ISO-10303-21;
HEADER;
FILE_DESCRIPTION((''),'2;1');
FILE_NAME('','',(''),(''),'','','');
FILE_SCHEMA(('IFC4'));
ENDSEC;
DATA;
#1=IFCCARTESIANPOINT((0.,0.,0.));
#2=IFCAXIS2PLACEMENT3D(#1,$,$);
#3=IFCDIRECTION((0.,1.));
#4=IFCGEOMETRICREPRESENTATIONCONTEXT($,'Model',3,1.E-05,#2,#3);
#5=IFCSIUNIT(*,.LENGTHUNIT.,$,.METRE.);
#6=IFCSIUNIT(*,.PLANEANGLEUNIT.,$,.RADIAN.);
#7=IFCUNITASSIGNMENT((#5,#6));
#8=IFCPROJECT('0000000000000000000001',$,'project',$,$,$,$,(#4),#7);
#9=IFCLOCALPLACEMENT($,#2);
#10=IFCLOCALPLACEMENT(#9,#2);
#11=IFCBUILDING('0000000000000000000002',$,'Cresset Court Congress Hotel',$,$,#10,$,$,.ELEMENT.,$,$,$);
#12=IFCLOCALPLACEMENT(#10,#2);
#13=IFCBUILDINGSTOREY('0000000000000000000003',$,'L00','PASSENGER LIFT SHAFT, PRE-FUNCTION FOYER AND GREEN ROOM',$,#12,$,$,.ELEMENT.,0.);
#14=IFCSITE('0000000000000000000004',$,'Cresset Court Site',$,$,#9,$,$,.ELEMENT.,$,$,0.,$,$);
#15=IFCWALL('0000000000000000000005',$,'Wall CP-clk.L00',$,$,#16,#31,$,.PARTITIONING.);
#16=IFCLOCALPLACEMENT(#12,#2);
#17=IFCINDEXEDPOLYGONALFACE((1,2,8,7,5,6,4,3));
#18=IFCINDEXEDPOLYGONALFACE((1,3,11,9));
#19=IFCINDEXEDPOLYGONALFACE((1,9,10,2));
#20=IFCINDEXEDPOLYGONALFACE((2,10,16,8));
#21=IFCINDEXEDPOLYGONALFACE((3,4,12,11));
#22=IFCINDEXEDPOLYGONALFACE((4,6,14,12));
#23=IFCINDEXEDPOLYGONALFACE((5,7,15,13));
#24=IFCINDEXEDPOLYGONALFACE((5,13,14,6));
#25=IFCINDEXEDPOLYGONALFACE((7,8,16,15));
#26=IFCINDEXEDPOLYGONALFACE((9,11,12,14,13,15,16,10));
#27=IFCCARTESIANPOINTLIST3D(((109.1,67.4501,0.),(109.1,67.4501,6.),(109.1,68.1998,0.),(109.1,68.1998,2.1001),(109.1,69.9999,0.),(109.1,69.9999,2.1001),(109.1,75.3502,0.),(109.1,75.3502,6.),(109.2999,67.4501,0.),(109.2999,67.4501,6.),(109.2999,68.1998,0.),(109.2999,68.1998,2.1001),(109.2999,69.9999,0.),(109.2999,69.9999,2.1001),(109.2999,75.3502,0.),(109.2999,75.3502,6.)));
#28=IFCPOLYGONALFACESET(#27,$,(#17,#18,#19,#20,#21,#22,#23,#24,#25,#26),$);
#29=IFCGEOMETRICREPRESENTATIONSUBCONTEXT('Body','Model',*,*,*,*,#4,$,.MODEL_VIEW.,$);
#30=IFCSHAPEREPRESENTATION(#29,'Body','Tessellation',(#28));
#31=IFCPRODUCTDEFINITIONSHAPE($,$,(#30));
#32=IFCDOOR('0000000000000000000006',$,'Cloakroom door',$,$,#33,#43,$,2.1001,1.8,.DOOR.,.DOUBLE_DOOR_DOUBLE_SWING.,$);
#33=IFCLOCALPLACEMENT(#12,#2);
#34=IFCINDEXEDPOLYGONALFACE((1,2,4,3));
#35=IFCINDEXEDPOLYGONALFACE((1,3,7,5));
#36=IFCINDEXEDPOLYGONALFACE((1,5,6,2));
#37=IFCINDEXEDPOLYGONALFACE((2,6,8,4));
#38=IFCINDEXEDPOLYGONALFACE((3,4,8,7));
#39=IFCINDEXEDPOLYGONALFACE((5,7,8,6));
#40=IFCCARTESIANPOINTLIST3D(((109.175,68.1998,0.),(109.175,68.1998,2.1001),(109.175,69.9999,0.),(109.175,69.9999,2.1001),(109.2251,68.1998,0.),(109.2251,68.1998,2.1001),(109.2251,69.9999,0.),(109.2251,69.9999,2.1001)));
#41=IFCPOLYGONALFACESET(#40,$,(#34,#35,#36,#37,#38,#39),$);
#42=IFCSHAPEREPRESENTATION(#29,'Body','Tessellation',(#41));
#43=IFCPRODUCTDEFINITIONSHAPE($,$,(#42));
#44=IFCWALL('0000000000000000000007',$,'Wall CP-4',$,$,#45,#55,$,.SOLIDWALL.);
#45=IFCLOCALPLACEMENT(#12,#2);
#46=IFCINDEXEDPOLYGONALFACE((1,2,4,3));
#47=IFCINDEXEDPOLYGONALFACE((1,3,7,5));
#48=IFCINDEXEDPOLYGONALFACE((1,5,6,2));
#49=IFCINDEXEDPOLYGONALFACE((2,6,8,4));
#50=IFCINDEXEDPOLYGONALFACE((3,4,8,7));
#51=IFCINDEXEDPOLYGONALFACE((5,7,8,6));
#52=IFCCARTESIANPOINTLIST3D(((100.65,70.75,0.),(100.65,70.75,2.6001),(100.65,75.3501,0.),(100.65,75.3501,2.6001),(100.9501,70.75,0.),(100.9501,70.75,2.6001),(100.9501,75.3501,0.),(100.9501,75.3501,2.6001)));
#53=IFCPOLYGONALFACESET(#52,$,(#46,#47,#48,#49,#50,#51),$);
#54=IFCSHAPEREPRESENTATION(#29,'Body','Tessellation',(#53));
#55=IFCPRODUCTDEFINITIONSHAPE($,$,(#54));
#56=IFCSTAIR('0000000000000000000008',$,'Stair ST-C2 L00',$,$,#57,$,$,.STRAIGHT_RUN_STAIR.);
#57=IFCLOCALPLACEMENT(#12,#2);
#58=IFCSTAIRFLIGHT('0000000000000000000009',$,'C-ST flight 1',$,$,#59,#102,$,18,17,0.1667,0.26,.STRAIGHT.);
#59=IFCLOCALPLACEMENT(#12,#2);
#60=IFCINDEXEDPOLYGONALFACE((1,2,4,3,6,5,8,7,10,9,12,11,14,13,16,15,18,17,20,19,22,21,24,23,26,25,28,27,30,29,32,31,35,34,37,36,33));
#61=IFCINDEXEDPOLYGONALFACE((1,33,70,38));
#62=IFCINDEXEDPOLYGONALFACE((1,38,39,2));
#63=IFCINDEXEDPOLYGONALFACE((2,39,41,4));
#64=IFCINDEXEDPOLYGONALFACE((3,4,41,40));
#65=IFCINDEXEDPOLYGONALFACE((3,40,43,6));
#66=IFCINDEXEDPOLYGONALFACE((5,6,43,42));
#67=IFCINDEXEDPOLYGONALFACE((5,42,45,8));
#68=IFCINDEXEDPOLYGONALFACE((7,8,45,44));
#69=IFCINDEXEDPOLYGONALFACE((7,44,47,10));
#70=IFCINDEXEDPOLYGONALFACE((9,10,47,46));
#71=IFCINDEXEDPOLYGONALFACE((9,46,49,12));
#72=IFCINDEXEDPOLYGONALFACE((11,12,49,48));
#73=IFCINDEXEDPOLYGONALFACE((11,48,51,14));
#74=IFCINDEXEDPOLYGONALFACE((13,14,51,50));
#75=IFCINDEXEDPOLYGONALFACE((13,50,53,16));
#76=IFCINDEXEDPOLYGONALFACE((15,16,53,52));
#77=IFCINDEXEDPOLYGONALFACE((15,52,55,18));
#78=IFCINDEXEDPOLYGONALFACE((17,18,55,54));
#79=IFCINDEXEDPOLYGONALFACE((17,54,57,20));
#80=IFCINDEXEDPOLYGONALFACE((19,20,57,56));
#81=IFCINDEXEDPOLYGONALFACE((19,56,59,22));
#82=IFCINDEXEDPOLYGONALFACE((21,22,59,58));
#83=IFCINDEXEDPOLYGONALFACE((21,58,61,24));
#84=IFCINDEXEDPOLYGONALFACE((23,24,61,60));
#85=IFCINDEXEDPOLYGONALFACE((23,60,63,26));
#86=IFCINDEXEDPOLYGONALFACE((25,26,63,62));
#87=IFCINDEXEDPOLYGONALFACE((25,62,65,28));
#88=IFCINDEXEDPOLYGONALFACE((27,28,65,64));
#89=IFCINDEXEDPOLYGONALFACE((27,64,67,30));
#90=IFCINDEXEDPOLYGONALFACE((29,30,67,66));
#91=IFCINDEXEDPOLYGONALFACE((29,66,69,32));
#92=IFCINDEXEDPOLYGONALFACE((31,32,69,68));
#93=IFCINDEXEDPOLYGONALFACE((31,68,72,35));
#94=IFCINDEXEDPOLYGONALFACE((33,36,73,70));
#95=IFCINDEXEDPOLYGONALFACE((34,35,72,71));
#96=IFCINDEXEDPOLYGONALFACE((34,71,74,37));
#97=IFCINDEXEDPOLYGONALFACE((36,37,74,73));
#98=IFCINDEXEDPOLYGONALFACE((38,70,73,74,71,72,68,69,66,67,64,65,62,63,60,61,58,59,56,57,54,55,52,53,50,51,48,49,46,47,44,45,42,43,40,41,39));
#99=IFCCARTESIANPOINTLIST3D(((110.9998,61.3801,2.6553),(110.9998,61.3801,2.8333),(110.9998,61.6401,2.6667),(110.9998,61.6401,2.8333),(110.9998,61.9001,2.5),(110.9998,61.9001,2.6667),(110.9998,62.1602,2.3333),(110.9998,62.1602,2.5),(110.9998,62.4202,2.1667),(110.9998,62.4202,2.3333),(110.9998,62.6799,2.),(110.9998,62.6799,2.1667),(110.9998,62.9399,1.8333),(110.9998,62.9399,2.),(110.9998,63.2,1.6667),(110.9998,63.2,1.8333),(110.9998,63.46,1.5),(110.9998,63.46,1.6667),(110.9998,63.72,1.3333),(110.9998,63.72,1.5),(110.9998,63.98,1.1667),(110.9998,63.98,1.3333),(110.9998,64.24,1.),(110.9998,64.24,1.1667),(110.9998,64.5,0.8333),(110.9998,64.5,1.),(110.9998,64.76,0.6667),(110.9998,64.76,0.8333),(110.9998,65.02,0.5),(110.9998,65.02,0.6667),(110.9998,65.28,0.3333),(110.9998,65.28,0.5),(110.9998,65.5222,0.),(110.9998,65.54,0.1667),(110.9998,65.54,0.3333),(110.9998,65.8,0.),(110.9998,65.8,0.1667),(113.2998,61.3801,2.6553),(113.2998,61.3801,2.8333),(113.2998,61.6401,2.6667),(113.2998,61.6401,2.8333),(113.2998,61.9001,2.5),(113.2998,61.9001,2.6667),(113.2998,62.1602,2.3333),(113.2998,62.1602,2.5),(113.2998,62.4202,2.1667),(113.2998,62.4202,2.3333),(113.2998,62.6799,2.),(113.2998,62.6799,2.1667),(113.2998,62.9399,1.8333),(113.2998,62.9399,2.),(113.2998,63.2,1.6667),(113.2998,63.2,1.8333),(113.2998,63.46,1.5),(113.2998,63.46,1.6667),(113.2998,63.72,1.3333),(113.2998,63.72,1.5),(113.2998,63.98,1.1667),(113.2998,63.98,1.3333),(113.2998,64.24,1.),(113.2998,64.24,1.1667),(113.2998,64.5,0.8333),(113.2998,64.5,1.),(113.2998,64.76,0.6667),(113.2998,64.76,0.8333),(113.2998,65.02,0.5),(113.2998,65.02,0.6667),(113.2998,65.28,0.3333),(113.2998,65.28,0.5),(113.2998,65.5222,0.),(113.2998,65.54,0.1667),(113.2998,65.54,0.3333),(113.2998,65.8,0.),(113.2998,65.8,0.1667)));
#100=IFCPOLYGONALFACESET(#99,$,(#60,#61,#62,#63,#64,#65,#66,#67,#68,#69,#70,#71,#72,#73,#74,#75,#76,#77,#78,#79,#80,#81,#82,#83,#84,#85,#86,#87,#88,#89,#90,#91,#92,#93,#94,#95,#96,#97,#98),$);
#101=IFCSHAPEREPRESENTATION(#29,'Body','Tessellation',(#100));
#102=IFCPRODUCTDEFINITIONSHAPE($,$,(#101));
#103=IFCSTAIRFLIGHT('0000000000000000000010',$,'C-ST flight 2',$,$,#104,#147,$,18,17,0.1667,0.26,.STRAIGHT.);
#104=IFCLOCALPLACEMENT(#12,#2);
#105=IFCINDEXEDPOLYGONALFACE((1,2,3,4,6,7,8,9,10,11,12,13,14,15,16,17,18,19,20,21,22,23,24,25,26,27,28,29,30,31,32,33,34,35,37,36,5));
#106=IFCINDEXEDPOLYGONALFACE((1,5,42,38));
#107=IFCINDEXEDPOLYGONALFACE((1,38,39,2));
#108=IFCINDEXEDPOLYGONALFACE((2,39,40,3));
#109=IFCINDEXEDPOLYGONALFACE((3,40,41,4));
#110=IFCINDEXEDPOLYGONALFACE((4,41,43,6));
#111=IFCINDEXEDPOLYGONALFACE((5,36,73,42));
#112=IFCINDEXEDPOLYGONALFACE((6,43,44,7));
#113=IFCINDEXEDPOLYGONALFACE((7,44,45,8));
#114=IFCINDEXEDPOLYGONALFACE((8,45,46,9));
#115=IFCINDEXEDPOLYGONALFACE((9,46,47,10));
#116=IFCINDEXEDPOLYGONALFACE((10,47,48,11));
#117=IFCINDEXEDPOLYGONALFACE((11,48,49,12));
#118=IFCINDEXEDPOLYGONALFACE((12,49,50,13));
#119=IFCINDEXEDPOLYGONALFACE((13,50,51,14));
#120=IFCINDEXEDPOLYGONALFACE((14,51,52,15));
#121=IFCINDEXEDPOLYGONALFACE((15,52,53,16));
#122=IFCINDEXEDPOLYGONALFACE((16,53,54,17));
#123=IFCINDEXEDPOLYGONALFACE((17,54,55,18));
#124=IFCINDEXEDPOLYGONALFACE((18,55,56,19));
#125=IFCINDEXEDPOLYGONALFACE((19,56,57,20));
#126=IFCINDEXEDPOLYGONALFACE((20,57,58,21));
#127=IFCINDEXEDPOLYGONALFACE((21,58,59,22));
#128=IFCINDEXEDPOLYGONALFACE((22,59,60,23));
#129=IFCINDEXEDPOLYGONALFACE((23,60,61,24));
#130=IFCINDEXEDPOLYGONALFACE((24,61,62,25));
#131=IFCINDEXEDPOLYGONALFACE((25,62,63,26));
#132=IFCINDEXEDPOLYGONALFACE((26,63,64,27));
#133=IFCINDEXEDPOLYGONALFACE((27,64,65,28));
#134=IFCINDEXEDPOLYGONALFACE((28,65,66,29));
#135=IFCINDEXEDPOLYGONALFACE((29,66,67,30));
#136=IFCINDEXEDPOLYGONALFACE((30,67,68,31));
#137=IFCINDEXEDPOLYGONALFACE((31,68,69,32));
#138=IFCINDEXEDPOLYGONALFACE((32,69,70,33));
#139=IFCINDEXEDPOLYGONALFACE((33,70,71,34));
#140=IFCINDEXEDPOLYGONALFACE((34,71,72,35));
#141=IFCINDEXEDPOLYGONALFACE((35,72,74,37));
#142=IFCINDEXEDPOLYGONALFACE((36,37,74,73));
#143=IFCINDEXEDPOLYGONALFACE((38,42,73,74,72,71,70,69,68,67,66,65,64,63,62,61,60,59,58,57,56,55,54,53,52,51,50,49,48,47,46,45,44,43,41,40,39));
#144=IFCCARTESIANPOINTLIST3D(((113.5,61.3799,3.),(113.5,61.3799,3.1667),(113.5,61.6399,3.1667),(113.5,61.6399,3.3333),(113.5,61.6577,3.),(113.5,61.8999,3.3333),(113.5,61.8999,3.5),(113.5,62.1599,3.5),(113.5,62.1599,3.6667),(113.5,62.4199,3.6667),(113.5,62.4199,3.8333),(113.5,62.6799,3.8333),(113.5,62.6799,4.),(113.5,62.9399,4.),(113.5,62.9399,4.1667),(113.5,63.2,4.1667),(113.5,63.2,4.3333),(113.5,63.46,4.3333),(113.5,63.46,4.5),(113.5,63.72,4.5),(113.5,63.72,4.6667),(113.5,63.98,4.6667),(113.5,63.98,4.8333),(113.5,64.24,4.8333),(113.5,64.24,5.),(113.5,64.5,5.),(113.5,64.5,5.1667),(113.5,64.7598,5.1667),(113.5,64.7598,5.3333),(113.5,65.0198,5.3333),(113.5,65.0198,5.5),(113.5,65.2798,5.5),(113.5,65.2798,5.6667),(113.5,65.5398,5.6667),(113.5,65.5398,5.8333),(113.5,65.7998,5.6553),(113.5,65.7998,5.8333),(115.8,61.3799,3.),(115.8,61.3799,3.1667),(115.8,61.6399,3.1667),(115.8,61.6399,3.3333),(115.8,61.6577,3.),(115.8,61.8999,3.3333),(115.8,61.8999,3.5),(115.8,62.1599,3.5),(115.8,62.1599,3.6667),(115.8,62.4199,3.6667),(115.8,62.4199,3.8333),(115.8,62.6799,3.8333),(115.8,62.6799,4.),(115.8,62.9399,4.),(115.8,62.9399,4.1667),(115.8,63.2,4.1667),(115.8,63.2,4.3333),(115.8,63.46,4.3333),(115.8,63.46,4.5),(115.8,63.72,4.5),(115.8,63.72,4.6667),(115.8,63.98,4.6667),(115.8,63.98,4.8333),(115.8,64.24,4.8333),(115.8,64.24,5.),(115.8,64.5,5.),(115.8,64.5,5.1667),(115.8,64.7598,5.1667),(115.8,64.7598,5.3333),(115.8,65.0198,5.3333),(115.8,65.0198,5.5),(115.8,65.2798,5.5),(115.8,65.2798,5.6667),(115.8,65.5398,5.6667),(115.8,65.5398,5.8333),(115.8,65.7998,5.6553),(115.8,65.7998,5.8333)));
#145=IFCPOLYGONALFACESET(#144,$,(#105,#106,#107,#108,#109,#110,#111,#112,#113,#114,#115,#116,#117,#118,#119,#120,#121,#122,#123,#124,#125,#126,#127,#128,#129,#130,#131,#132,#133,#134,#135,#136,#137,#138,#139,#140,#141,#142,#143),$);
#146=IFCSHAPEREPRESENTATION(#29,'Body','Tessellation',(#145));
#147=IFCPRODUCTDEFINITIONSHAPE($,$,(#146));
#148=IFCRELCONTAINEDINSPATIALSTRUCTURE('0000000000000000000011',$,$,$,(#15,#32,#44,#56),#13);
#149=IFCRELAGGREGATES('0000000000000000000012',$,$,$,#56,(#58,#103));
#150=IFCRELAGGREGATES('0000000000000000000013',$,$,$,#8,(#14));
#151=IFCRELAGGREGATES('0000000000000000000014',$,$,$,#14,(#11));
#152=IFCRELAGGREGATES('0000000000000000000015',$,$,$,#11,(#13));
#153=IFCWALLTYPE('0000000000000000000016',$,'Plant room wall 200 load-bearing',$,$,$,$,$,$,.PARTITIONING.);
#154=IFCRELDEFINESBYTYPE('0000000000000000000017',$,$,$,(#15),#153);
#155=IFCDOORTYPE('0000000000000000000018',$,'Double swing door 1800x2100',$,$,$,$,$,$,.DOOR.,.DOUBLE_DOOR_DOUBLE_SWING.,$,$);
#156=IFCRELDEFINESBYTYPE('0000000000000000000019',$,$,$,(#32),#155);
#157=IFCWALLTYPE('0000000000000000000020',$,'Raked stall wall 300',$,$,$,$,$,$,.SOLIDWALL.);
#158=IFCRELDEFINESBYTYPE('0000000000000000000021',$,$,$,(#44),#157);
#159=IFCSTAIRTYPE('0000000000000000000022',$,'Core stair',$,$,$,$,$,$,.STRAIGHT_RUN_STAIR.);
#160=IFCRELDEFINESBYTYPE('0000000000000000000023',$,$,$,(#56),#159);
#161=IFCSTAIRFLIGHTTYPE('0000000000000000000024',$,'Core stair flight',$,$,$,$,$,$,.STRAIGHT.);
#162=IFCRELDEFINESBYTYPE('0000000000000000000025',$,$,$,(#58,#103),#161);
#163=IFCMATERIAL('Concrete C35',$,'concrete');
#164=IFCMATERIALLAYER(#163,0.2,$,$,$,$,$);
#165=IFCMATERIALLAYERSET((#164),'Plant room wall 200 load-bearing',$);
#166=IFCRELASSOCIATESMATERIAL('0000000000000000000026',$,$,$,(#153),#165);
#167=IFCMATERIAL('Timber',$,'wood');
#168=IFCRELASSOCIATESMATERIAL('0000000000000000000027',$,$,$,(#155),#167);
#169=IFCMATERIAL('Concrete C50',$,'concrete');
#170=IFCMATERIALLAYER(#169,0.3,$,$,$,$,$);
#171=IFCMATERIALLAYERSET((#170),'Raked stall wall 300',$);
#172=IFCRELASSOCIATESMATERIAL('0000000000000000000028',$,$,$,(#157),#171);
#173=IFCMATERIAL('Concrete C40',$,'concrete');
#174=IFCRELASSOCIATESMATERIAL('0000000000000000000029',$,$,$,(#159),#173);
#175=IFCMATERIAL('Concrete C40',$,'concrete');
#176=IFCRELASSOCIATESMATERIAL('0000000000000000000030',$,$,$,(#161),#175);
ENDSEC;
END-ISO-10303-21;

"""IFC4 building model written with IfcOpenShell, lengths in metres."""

from ifc_helpers import new_model, si_unit, direction, frame, frame_2d, origin, place, context, subcontext, project, spatial, polyline, rectangle, outline, extrude, material, layer, layer_set, type_object, element, fill, aggregate, save


model = new_model("IFC4")

# Units and contexts
model_context = context("Model", 3, precision=1e-05, world=origin(), true_north=direction((0.0, 1.0)))
body_context = subcontext(model_context, "Body", "Model", "MODEL_VIEW")
ifc_project = project(units=[si_unit("LENGTHUNIT", "METRE"), si_unit("PLANEANGLEUNIT", "RADIAN")], contexts=[model_context])

# Site, building, storey
site_placement = place(None, origin())
site = spatial("IfcSite", under=ifc_project, at=site_placement, Name="Cresset Court Site", CompositionType="ELEMENT", RefElevation=0.0)
building_placement = place(site_placement, origin())
building = spatial("IfcBuilding", under=site, at=building_placement, Name="Cresset Court Congress Hotel", CompositionType="ELEMENT")
storey_placement = place(building_placement, origin())
storey = spatial("IfcBuildingStorey", under=building, at=storey_placement, Name="L00", Description="PASSENGER LIFT SHAFT, PRE-FUNCTION FOYER AND GREEN ROOM", CompositionType="ELEMENT", Elevation=0.0)

# Wall, opening, door
ifc_material_1 = material(Name="Concrete C35", Category="concrete")
ifc_layer_1 = layer(ifc_material_1, 0.2)
ifc_layer_set_1 = layer_set([ifc_layer_1], Name="Plant room wall 200 load-bearing")
wall_type_1 = type_object("IfcWallType", Name="Plant room wall 200 load-bearing", PredefinedType="PARTITIONING", material=ifc_layer_set_1)
wall_1_placement = place(storey_placement, frame((109.2, 67.45, 0.0), z_axis=(0.0, 0.0, 1.0), x_axis=(0.0, 1.0, 0.0)))
wall_1 = element("IfcWall", 1, at=wall_1_placement, inside=storey, type_object=wall_type_1, Name="Wall CP-clk.L00", PredefinedType="PARTITIONING", context=body_context, shape_type="SweptSolid", body=[
    extrude(rectangle(XDim=7.9001, YDim=0.2, at=frame_2d((3.9502, 0.0))), origin(), (0.0, 0.0, 1.0), 6.0),
])
opening_1_placement = place(wall_1_placement, frame((0.75, 0.0, 0.0)))
opening_1 = element("IfcOpeningElement", 2, at=opening_1_placement, cuts=wall_1, PredefinedType="OPENING", context=body_context, shape_type="SweptSolid", body=[
    extrude(rectangle(XDim=1.8, YDim=2.1001, at=frame_2d((0.8999, 1.05))), frame((0.0, 0.1099, 0.0), z_axis=(0.0, -1.0, 0.0), x_axis=(1.0, 0.0, 0.0)), (0.0, 0.0, 1.0), 0.22),
])
ifc_material_2 = material(Name="Timber", Category="wood")
door_type_1 = type_object("IfcDoorType", Name="Double swing door 1800x2100", OperationType="DOUBLE_DOOR_DOUBLE_SWING", PredefinedType="DOOR", material=ifc_material_2)
door_1_placement = place(opening_1_placement, origin())
door_1 = element("IfcDoor", 3, at=door_1_placement, inside=storey, type_object=door_type_1, Name="Cloakroom door", OperationType="DOUBLE_DOOR_DOUBLE_SWING", OverallHeight=2.1001, OverallWidth=1.8, PredefinedType="DOOR", context=body_context, shape_type="SweptSolid", body=[
    extrude(rectangle(XDim=1.8, YDim=2.1001, at=frame_2d((0.8999, 1.05))), frame((0.0, 0.0249, 0.0), z_axis=(0.0, -1.0, 0.0), x_axis=(1.0, 0.0, 0.0)), (0.0, 0.0, 1.0), 0.05),
])
fill(opening_1, door_1)

# Wall
ifc_material_3 = material(Name="Concrete C50", Category="concrete")
ifc_layer_2 = layer(ifc_material_3, 0.3)
ifc_layer_set_2 = layer_set([ifc_layer_2], Name="Raked stall wall 300")
wall_type_2 = type_object("IfcWallType", Name="Raked stall wall 300", PredefinedType="SOLIDWALL", material=ifc_layer_set_2)
wall_2_placement = place(storey_placement, frame((100.8, 70.75, 0.0), z_axis=(0.0, 0.0, 1.0), x_axis=(0.0, 1.0, 0.0)))
element("IfcWall", 4, at=wall_2_placement, inside=storey, type_object=wall_type_2, Name="Wall CP-4", PredefinedType="SOLIDWALL", context=body_context, shape_type="SweptSolid", body=[
    extrude(rectangle(XDim=4.6001, YDim=0.3, at=frame_2d((2.3, 0.0))), origin(), (0.0, 0.0, 1.0), 2.6001),
])

# Stair, stair flights
ifc_material_4 = material(Name="Concrete C40", Category="concrete")
stair_type_1 = type_object("IfcStairType", Name="Core stair", PredefinedType="STRAIGHT_RUN_STAIR", material=ifc_material_4)
stair_1_placement = place(storey_placement, origin())
stair_1 = element("IfcStair", 5, at=stair_1_placement, inside=storey, type_object=stair_type_1, Name="Stair ST-C2 L00", PredefinedType="STRAIGHT_RUN_STAIR")
ifc_material_5 = material(Name="Concrete C40", Category="concrete")
stair_flight_type_1 = type_object("IfcStairFlightType", Name="Core stair flight", PredefinedType="STRAIGHT", material=ifc_material_5)
stair_flight_1_placement = place(storey_placement, frame((112.1499, 65.8, 0.0), z_axis=(0.0, 0.0, 1.0), x_axis=(0.0, -1.0, 0.0)))
stair_flight_1 = element("IfcStairFlight", 6, at=stair_flight_1_placement, type_object=stair_flight_type_1, Name="C-ST flight 1", NumberOfRisers=18, NumberOfTreads=17, PredefinedType="STRAIGHT", RiserHeight=0.1667, TreadLength=0.26, context=body_context, shape_type="SweptSolid", body=[
    extrude(outline(polyline([(0.0, 0.0), (0.0, 0.1667), (0.26, 0.1667), (0.26, 0.3333), (0.52, 0.3333), (0.52, 0.5), (0.78, 0.5), (0.78, 0.6667), (1.04, 0.6667), (1.04, 0.8333), (1.3, 0.8333), (1.3, 1.0), (1.5601, 1.0), (1.5601, 1.1667), (1.8201, 1.1667), (1.8201, 1.3333), (2.0801, 1.3333), (2.0801, 1.5), (2.3401, 1.5), (2.3401, 1.6667), (2.6001, 1.6667), (2.6001, 1.8333), (2.8601, 1.8333), (2.8601, 2.0), (3.1201, 2.0), (3.1201, 2.1667), (3.3799, 2.1667), (3.3799, 2.3333), (3.6399, 2.3333), (3.6399, 2.5), (3.8999, 2.5), (3.8999, 2.6667), (4.1599, 2.6667), (4.1599, 2.8333), (4.4199, 2.8333), (4.4199, 3.0), (4.4199, 2.6553), (0.2778, 0.0), (0.0, 0.0)])), frame((0.0, 1.1499, 0.0), z_axis=(0.0, -1.0, 0.0), x_axis=(1.0, 0.0, 0.0)), (0.0, 0.0, 1.0), 2.3),
])
stair_flight_2_placement = place(storey_placement, frame((114.6499, 61.3799, 3.0), z_axis=(0.0, 0.0, 1.0), x_axis=(0.0, 1.0, 0.0)))
stair_flight_2 = element("IfcStairFlight", 7, at=stair_flight_2_placement, type_object=stair_flight_type_1, Name="C-ST flight 2", NumberOfRisers=18, NumberOfTreads=17, PredefinedType="STRAIGHT", RiserHeight=0.1667, TreadLength=0.26, context=body_context, shape_type="SweptSolid", body=[
    extrude(outline(polyline([(0.0, 0.0), (0.0, 0.1667), (0.26, 0.1667), (0.26, 0.3333), (0.52, 0.3333), (0.52, 0.5), (0.78, 0.5), (0.78, 0.6667), (1.04, 0.6667), (1.04, 0.8333), (1.3, 0.8333), (1.3, 1.0), (1.5601, 1.0), (1.5601, 1.1667), (1.8201, 1.1667), (1.8201, 1.3333), (2.0801, 1.3333), (2.0801, 1.5), (2.3401, 1.5), (2.3401, 1.6667), (2.6001, 1.6667), (2.6001, 1.8333), (2.8601, 1.8333), (2.8601, 2.0), (3.1201, 2.0), (3.1201, 2.1667), (3.3799, 2.1667), (3.3799, 2.3333), (3.6399, 2.3333), (3.6399, 2.5), (3.8999, 2.5), (3.8999, 2.6667), (4.1599, 2.6667), (4.1599, 2.8333), (4.4199, 2.8333), (4.4199, 3.0), (4.4199, 2.6553), (0.2778, 0.0), (0.0, 0.0)])), frame((0.0, 1.1499, 0.0), z_axis=(0.0, -1.0, 0.0), x_axis=(1.0, 0.0, 0.0)), (0.0, 0.0, 1.0), 2.3),
])
aggregate(stair_1, [stair_flight_1, stair_flight_2])

save(model, "model.ifc")
